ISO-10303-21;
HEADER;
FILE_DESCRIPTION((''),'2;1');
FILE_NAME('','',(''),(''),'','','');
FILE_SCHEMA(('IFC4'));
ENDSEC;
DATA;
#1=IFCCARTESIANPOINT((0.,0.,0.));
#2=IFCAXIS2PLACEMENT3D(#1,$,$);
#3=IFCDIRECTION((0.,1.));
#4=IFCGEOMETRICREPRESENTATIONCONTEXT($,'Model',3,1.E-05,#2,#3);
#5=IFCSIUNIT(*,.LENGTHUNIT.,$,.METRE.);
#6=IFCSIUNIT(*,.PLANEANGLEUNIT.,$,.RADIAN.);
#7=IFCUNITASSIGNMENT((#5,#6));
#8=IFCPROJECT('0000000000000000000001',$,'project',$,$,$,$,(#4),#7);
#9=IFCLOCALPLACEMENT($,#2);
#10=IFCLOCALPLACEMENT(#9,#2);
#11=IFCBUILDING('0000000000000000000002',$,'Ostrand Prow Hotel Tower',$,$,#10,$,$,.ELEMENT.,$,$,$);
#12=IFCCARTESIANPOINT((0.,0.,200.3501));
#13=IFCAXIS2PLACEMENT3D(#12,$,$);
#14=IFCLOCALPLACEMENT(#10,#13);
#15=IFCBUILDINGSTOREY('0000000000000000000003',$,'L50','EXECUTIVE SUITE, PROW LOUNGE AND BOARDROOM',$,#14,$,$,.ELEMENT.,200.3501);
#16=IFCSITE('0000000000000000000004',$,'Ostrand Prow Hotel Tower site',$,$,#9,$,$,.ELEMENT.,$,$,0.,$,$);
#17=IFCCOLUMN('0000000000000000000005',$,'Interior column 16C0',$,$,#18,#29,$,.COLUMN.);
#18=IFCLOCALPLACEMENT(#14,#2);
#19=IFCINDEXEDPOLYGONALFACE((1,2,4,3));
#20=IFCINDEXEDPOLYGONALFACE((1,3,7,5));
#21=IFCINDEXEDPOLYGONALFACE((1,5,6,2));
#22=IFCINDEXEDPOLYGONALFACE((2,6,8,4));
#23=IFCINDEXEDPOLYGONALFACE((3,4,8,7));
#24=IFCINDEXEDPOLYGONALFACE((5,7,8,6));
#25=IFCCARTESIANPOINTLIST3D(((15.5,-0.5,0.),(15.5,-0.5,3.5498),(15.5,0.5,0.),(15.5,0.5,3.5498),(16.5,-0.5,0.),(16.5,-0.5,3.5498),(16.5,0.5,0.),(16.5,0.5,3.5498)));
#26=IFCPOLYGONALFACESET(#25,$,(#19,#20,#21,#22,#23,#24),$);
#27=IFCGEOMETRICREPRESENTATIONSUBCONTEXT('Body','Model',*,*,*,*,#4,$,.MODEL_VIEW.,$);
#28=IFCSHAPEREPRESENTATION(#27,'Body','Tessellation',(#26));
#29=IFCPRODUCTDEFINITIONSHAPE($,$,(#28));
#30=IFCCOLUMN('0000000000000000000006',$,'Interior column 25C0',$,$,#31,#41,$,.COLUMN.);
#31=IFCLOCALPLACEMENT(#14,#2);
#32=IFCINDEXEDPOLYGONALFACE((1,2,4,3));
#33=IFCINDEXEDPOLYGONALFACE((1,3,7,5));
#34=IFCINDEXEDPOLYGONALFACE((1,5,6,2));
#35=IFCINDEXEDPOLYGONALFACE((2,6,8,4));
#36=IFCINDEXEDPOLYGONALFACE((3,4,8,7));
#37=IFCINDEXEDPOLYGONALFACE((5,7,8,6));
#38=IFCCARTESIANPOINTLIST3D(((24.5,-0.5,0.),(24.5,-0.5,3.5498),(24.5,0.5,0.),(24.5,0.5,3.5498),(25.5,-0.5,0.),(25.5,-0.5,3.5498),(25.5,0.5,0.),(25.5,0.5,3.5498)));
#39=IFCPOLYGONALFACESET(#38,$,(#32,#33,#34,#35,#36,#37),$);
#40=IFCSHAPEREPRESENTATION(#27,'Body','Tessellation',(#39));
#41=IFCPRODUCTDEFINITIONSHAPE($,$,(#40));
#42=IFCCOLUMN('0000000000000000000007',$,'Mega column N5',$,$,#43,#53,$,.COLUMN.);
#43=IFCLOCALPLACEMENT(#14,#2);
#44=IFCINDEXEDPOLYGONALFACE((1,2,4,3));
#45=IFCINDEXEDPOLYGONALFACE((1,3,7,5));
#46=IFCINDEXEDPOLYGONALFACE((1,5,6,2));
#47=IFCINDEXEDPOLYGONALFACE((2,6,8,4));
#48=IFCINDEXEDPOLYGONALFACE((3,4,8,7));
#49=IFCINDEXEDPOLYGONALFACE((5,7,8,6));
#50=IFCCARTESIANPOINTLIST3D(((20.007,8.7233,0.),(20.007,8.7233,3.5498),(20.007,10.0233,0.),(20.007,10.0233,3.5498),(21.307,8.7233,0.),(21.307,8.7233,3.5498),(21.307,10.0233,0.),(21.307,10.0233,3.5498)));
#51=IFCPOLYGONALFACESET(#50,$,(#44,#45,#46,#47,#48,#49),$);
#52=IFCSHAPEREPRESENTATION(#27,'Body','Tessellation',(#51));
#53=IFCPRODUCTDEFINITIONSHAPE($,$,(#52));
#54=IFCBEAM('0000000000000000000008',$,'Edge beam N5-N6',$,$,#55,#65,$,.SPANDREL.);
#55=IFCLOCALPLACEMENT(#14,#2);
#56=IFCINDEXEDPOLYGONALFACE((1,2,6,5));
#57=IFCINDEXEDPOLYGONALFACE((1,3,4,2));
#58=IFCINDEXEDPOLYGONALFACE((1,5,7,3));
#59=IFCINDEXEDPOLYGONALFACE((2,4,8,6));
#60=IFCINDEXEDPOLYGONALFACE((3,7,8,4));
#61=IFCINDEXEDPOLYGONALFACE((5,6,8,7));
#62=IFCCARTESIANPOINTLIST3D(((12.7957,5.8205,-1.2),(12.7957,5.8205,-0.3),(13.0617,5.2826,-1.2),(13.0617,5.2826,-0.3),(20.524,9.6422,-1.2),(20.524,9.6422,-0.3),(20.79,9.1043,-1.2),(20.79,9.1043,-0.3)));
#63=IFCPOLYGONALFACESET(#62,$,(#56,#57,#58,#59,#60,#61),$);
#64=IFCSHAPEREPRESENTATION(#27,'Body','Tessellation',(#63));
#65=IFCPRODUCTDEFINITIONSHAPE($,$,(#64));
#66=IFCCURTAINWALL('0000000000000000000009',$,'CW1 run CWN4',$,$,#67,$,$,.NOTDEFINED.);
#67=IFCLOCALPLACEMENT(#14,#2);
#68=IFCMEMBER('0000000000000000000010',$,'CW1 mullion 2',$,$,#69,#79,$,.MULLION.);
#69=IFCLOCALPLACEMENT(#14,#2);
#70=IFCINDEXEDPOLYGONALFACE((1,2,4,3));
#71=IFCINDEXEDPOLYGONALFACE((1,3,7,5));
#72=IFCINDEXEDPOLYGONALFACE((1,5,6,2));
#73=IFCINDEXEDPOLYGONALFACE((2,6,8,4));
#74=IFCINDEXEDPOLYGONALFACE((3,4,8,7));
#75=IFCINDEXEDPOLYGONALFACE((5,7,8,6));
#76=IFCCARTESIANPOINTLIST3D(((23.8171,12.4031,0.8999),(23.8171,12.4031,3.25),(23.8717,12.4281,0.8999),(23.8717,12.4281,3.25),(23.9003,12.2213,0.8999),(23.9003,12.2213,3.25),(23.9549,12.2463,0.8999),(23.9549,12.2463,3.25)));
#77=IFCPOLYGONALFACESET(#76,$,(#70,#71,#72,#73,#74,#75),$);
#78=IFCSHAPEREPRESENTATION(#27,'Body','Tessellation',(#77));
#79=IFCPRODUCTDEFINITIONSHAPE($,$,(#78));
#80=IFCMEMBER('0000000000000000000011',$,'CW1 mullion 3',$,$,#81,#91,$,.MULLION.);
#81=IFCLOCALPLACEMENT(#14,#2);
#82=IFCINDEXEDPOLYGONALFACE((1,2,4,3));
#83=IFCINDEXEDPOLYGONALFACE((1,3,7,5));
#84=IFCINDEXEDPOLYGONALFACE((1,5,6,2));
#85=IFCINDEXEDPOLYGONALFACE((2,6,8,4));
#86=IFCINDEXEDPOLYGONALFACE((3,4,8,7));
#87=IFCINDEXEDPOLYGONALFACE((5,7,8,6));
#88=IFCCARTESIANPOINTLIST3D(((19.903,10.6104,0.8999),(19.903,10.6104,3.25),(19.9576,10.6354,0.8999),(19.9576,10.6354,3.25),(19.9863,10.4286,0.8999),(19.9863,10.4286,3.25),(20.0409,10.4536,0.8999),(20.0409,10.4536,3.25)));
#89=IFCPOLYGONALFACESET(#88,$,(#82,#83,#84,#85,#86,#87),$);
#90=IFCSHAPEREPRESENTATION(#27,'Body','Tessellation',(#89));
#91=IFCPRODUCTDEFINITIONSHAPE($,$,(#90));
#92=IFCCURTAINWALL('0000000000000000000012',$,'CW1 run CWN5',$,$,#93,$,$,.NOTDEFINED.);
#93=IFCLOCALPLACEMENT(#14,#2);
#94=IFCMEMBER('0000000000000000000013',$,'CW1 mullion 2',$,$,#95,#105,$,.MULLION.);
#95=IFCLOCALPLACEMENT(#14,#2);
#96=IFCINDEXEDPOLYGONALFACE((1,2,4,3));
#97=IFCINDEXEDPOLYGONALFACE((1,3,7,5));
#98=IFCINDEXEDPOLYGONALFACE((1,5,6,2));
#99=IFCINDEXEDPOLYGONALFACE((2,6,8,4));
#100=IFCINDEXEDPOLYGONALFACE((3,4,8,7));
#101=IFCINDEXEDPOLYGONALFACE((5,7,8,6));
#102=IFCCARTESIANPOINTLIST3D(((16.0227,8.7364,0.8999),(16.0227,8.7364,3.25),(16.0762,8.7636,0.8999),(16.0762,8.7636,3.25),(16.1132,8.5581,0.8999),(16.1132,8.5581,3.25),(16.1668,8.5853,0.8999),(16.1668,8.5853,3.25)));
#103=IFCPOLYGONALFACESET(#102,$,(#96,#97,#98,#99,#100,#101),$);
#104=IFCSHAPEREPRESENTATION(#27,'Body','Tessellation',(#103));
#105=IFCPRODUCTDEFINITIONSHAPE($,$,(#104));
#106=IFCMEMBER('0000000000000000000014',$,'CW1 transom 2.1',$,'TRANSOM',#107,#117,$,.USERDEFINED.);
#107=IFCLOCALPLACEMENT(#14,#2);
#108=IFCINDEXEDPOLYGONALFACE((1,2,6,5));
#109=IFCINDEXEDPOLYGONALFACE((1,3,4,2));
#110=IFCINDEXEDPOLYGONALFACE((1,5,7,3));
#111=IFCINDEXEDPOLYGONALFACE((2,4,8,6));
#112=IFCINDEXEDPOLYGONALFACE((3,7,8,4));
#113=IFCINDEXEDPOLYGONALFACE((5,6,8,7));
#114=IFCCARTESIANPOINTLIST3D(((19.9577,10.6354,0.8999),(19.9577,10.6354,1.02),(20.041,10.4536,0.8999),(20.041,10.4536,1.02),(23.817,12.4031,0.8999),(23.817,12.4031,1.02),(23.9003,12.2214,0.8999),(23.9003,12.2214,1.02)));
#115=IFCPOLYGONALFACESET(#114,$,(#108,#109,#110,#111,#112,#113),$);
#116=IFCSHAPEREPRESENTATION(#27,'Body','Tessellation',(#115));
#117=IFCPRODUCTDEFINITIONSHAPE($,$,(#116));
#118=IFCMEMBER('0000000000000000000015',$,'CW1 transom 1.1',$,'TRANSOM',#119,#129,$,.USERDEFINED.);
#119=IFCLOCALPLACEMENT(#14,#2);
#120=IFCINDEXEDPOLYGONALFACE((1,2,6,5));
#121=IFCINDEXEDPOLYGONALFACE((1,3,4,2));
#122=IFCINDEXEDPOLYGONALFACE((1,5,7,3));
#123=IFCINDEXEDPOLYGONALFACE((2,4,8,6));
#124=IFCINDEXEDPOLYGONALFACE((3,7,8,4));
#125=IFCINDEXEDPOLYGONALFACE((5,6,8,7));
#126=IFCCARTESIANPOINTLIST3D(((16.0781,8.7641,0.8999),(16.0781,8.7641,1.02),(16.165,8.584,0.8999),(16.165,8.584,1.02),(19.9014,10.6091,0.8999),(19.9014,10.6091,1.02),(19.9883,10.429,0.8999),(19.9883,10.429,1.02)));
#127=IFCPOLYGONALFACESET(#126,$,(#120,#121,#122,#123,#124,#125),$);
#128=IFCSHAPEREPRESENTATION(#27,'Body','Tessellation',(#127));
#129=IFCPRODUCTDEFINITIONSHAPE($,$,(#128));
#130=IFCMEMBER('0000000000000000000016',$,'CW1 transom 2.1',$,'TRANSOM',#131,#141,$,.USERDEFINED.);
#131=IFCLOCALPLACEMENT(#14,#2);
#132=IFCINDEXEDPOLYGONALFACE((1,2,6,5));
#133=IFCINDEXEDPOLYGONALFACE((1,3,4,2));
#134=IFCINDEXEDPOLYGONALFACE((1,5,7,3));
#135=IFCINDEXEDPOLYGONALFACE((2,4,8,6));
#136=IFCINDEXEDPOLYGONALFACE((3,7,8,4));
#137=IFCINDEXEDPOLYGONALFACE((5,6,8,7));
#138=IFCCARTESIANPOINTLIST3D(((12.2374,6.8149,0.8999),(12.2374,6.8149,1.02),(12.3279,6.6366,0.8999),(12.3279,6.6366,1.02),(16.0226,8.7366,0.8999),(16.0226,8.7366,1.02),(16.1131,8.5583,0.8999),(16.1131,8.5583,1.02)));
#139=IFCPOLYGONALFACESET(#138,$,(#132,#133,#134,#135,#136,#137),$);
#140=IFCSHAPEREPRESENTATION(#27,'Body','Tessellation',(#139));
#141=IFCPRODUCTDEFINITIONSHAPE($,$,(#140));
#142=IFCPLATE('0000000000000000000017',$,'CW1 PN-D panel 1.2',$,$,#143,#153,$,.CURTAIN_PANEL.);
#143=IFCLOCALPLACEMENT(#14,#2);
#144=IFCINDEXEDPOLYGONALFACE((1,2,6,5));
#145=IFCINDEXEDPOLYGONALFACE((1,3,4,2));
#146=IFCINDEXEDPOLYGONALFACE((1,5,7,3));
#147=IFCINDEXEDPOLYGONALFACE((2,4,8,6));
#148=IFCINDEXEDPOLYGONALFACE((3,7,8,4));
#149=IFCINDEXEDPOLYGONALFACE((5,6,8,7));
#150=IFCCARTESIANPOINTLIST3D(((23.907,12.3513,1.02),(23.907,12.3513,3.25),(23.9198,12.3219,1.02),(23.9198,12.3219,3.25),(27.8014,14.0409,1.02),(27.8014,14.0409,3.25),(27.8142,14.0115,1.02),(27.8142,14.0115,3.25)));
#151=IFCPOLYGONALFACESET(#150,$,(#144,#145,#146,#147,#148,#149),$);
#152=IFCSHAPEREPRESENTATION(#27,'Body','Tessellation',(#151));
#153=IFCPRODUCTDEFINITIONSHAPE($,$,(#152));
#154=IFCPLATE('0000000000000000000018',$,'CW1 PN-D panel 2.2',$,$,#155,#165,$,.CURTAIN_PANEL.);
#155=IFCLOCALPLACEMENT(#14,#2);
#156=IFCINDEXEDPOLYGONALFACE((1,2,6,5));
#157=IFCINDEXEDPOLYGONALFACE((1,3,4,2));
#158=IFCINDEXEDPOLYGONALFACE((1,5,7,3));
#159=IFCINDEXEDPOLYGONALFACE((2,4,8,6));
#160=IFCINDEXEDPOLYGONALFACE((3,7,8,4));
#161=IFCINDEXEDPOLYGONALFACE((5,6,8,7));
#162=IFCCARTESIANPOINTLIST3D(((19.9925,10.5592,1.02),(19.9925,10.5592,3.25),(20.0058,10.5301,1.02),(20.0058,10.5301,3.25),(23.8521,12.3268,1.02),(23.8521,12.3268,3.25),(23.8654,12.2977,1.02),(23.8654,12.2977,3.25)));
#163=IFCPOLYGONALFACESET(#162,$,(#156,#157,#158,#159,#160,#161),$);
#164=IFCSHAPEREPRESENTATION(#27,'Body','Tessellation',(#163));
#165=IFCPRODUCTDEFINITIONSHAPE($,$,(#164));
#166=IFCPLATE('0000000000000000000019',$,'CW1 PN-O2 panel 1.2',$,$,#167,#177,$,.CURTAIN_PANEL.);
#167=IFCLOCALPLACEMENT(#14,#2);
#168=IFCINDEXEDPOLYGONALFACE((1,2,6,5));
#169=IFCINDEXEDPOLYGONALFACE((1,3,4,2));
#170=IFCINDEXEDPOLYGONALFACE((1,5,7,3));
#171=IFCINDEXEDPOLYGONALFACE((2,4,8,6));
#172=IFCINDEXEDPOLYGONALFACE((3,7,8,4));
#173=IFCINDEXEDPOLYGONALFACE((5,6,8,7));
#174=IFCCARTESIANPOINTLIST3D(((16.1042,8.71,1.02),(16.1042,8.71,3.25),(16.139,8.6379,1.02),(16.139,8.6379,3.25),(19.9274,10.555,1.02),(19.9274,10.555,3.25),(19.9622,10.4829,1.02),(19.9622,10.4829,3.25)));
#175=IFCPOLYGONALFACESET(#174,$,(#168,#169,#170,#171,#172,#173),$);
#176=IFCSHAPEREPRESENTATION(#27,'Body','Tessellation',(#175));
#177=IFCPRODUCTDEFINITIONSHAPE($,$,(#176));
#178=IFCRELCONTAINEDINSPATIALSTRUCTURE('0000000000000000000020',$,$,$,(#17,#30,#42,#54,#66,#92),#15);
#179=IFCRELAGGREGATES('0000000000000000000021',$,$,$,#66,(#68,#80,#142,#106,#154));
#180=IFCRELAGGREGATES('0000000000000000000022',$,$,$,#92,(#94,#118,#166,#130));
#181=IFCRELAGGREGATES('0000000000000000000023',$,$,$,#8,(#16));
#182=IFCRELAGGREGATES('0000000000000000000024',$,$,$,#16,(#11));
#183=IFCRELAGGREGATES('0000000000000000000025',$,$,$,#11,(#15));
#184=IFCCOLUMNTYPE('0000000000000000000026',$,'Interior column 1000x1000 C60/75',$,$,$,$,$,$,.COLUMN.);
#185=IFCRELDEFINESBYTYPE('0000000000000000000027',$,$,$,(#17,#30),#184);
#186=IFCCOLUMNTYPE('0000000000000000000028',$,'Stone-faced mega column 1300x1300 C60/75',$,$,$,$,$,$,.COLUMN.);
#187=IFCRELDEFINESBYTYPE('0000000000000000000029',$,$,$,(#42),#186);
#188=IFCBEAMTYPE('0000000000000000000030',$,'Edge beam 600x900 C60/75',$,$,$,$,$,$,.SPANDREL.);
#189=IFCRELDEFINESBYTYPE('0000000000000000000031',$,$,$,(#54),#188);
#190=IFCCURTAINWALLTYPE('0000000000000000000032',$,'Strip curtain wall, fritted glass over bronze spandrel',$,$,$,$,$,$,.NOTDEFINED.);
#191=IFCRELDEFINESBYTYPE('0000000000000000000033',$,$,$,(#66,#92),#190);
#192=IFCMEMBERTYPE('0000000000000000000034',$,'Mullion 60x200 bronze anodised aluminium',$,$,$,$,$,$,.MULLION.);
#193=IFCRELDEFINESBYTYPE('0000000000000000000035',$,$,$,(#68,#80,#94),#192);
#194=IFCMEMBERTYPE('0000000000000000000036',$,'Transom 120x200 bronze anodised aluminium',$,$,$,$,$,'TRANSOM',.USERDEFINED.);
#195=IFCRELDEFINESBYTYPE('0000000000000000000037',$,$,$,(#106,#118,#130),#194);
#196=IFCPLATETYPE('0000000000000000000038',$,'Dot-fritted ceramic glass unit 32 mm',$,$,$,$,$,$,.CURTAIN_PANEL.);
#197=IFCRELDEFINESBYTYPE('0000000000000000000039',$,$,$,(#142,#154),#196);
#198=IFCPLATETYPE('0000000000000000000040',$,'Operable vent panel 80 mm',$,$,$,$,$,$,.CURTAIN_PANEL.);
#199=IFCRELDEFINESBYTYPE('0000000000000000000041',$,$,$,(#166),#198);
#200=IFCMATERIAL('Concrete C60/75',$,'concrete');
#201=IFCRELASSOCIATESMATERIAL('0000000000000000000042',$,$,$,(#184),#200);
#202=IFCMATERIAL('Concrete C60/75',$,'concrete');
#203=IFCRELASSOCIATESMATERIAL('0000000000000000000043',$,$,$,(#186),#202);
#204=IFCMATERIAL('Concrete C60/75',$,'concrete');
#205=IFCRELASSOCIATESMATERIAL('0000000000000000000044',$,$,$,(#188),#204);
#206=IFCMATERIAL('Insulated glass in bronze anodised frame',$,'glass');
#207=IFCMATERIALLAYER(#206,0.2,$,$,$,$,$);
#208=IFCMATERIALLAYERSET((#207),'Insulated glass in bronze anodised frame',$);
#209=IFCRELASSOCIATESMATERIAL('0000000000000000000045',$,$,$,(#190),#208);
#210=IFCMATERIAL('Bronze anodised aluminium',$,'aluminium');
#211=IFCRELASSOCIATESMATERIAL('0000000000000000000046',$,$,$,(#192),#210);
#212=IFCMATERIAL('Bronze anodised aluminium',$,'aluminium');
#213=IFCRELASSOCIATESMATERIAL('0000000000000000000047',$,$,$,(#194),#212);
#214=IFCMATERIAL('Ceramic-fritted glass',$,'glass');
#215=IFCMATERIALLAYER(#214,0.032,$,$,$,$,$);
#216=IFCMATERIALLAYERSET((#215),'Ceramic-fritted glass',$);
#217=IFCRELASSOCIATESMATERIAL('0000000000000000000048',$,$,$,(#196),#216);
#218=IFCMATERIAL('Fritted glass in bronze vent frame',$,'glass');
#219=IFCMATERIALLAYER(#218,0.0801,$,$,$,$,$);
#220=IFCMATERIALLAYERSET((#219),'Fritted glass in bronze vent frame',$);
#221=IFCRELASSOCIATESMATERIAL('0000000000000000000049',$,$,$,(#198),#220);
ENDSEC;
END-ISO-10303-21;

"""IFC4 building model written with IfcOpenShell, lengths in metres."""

from ifc_helpers import new_model, si_unit, direction, frame, origin, origin_2d, place, context, subcontext, project, spatial, rectangle, extrude, material, layer, layer_set, material_profile, profile_set, type_object, element, aggregate, save


model = new_model("IFC4")

# Units and contexts
model_context = context("Model", 3, precision=1e-05, world=origin(), true_north=direction((0.0, 1.0)))
body_context = subcontext(model_context, "Body", "Model", "MODEL_VIEW")
ifc_project = project(units=[si_unit("LENGTHUNIT", "METRE"), si_unit("PLANEANGLEUNIT", "RADIAN")], contexts=[model_context])

# Site, building, storey
site_placement = place(None, origin())
site = spatial("IfcSite", under=ifc_project, at=site_placement, Name="Ostrand Prow Hotel Tower site", CompositionType="ELEMENT", RefElevation=0.0)
building_placement = place(site_placement, origin())
building = spatial("IfcBuilding", under=site, at=building_placement, Name="Ostrand Prow Hotel Tower", CompositionType="ELEMENT")
storey_placement = place(building_placement, frame((0.0, 0.0, 200.3501)))
storey = spatial("IfcBuildingStorey", under=building, at=storey_placement, Name="L50", Description="EXECUTIVE SUITE, PROW LOUNGE AND BOARDROOM", CompositionType="ELEMENT", Elevation=200.3501)

# Columns
ifc_material_1 = material(Name="Concrete C60/75", Category="concrete")
ifc_material_profile_1 = material_profile(ifc_material_1, rectangle(XDim=1.0, YDim=1.0, at=origin_2d()), Name="RC 1000x1000")
ifc_profile_set_1 = profile_set([ifc_material_profile_1], Name="Concrete C60/75")
column_type_1 = type_object("IfcColumnType", Name="Interior column 1000x1000 C60/75", PredefinedType="COLUMN", material=ifc_profile_set_1)
for number, where, z_axis, x_axis, name in (
    (1, (16.0, 0.0, 0.0), (0.0, 0.0, 1.0), (1.0, 0.0, 0.0), "Interior column 16C0"),
    (2, (25.0, 0.0, 0.0), (0.0, 0.0, 1.0), (1.0, 0.0, 0.0), "Interior column 25C0"),
):
    element("IfcColumn", number, at=place(storey_placement, frame(where, z_axis=z_axis, x_axis=x_axis)), inside=storey, type_object=column_type_1, Name=name, PredefinedType="COLUMN", context=body_context, shape_type="SweptSolid", body=[
        extrude(rectangle(XDim=1.0, YDim=1.0, at=origin_2d()), origin(), (0.0, 0.0, 1.0), 3.5498),
    ])
ifc_material_2 = material(Name="Concrete C60/75", Category="concrete")
ifc_material_profile_2 = material_profile(ifc_material_2, rectangle(XDim=1.3, YDim=1.3, at=origin_2d()), Name="RC 1300x1300")
ifc_profile_set_2 = profile_set([ifc_material_profile_2], Name="Concrete C60/75")
column_type_2 = type_object("IfcColumnType", Name="Stone-faced mega column 1300x1300 C60/75", PredefinedType="COLUMN", material=ifc_profile_set_2)
column_placement = place(storey_placement, frame((20.657, 9.3733, 0.0), z_axis=(0.0, 0.0, 1.0), x_axis=(1.0, 0.0, 0.0)))
element("IfcColumn", 3, at=column_placement, inside=storey, type_object=column_type_2, Name="Mega column N5", PredefinedType="COLUMN", context=body_context, shape_type="SweptSolid", body=[
    extrude(rectangle(XDim=1.3, YDim=1.3, at=origin_2d()), origin(), (0.0, 0.0, 1.0), 3.5498),
])

# Beam
ifc_material_3 = material(Name="Concrete C60/75", Category="concrete")
ifc_material_profile_3 = material_profile(ifc_material_3, rectangle(XDim=0.6001, YDim=0.8999, at=origin_2d()), Name="RC 600x900")
ifc_profile_set_3 = profile_set([ifc_material_profile_3], Name="Concrete C60/75")
beam_type = type_object("IfcBeamType", Name="Edge beam 600x900 C60/75", PredefinedType="SPANDREL", material=ifc_profile_set_3)
beam_placement = place(storey_placement, frame((20.657, 9.3733, -0.75), z_axis=(-0.896384, -0.443279, 0.0), x_axis=(0.443279, -0.896384, 0.0)))
element("IfcBeam", 4, at=beam_placement, inside=storey, type_object=beam_type, Name="Edge beam N5-N6", PredefinedType="SPANDREL", context=body_context, shape_type="SweptSolid", body=[
    extrude(rectangle(XDim=0.6001, YDim=0.8999, at=origin_2d()), origin(), (0.0, 0.0, 1.0), 8.6216),
])

# Curtain wall, members
ifc_material_4 = material(Name="Insulated glass in bronze anodised frame", Category="glass")
ifc_layer_1 = layer(ifc_material_4, 0.2)
ifc_layer_set_1 = layer_set([ifc_layer_1], Name="Insulated glass in bronze anodised frame")
curtain_wall_type = type_object("IfcCurtainWallType", Name="Strip curtain wall, fritted glass over bronze spandrel", PredefinedType="NOTDEFINED", material=ifc_layer_set_1)
curtain_wall_1_placement = place(storey_placement, origin())
curtain_wall_1 = element("IfcCurtainWall", 5, at=curtain_wall_1_placement, inside=storey, type_object=curtain_wall_type, Name="CW1 run CWN4", PredefinedType="NOTDEFINED")
ifc_material_5 = material(Name="Bronze anodised aluminium", Category="aluminium")
ifc_material_profile_4 = material_profile(ifc_material_5, rectangle(XDim=0.2, YDim=0.0601, at=origin_2d()), Name="Mullion 60x200 bronze anodised aluminium")
ifc_profile_set_4 = profile_set([ifc_material_profile_4], Name="Bronze anodised aluminium")
member_type_1 = type_object("IfcMemberType", Name="Mullion 60x200 bronze anodised aluminium", PredefinedType="MULLION", material=ifc_profile_set_4)
member_1_placement = place(storey_placement, frame((23.886, 12.3247, 0.8999), z_axis=(0.0, 0.0, 1.0), x_axis=(0.416393, -0.909185, 0.0)))
member_1 = element("IfcMember", 6, at=member_1_placement, type_object=member_type_1, Name="CW1 mullion 2", PredefinedType="MULLION", context=body_context, shape_type="SweptSolid", body=[
    extrude(rectangle(XDim=0.2, YDim=0.0601, at=origin_2d()), origin(), (0.0, 0.0, 1.0), 2.3501),
])
member_2_placement = place(storey_placement, frame((19.9719, 10.532, 0.8999), z_axis=(0.0, 0.0, 1.0), x_axis=(0.416393, -0.909185, 0.0)))
member_2 = element("IfcMember", 7, at=member_2_placement, type_object=member_type_1, Name="CW1 mullion 3", PredefinedType="MULLION", context=body_context, shape_type="SweptSolid", body=[
    extrude(rectangle(XDim=0.2, YDim=0.0601, at=origin_2d()), origin(), (0.0, 0.0, 1.0), 2.3501),
])

# Curtain wall, member
curtain_wall_2_placement = place(storey_placement, origin())
curtain_wall_2 = element("IfcCurtainWall", 8, at=curtain_wall_2_placement, inside=storey, type_object=curtain_wall_type, Name="CW1 run CWN5", PredefinedType="NOTDEFINED")
member_3_placement = place(storey_placement, frame((16.0947, 8.6609, 0.8999), z_axis=(0.0, 0.0, 1.0), x_axis=(0.452659, -0.891684, 0.0)))
member_3 = element("IfcMember", 9, at=member_3_placement, type_object=member_type_1, Name="CW1 mullion 2", PredefinedType="MULLION", context=body_context, shape_type="SweptSolid", body=[
    extrude(rectangle(XDim=0.2, YDim=0.0601, at=origin_2d()), origin(), (0.0, 0.0, 1.0), 2.3501),
])

# Members
ifc_material_6 = material(Name="Bronze anodised aluminium", Category="aluminium")
ifc_material_profile_5 = material_profile(ifc_material_6, rectangle(XDim=0.2, YDim=0.1201, at=origin_2d()), Name="Transom 120x200 bronze anodised aluminium")
ifc_profile_set_5 = profile_set([ifc_material_profile_5], Name="Bronze anodised aluminium")
member_type_2 = type_object("IfcMemberType", Name="Transom 120x200 bronze anodised aluminium", ElementType="TRANSOM", PredefinedType="USERDEFINED", material=ifc_profile_set_5)
member_4_placement = place(storey_placement, frame((23.8586, 12.3123, 0.96), z_axis=(-0.909159, -0.416449, 0.0), x_axis=(0.416449, -0.909159, 0.0)))
member_4 = element("IfcMember", 10, at=member_4_placement, type_object=member_type_2, Name="CW1 transom 2.1", ObjectType="TRANSOM", PredefinedType="USERDEFINED", context=body_context, shape_type="SweptSolid", body=[
    extrude(rectangle(XDim=0.2, YDim=0.1201, at=origin_2d()), origin(), (0.0, 0.0, 1.0), 4.2449),
])
member_5_placement = place(storey_placement, frame((19.9448, 10.519, 0.96), z_axis=(-0.900619, -0.434609, 0.0), x_axis=(0.434609, -0.900619, 0.0)))
member_5 = element("IfcMember", 11, at=member_5_placement, type_object=member_type_2, Name="CW1 transom 1.1", ObjectType="TRANSOM", PredefinedType="USERDEFINED", context=body_context, shape_type="SweptSolid", body=[
    extrude(rectangle(XDim=0.2, YDim=0.1201, at=origin_2d()), origin(), (0.0, 0.0, 1.0), 4.2451),
])
member_6_placement = place(storey_placement, frame((16.0679, 8.6475, 0.96), z_axis=(-0.891673, -0.45268, 0.0), x_axis=(0.45268, -0.891673, 0.0)))
member_6 = element("IfcMember", 12, at=member_6_placement, type_object=member_type_2, Name="CW1 transom 2.1", ObjectType="TRANSOM", PredefinedType="USERDEFINED", context=body_context, shape_type="SweptSolid", body=[
    extrude(rectangle(XDim=0.2, YDim=0.1201, at=origin_2d()), origin(), (0.0, 0.0, 1.0), 4.2451),
])

# Plates
ifc_material_7 = material(Name="Ceramic-fritted glass", Category="glass")
ifc_layer_2 = layer(ifc_material_7, 0.032)
ifc_layer_set_2 = layer_set([ifc_layer_2], Name="Ceramic-fritted glass")
plate_type_1 = type_object("IfcPlateType", Name="Dot-fritted ceramic glass unit 32 mm", PredefinedType="CURTAIN_PANEL", material=ifc_layer_set_2)
plate_1_placement = place(storey_placement, frame((25.8606, 13.1814, 1.02), z_axis=(0.0, 0.0, 1.0), x_axis=(-0.917383, -0.398005, 0.0)))
plate_1 = element("IfcPlate", 13, at=plate_1_placement, type_object=plate_type_1, Name="CW1 PN-D panel 1.2", PredefinedType="CURTAIN_PANEL", context=body_context, shape_type="SweptSolid", body=[
    extrude(rectangle(XDim=4.2451, YDim=0.032, at=origin_2d()), origin(), (0.0, 0.0, 1.0), 2.23),
])
plate_2_placement = place(storey_placement, frame((21.929, 11.4285, 1.02), z_axis=(0.0, 0.0, 1.0), x_axis=(-0.909185, -0.416393, 0.0)))
plate_2 = element("IfcPlate", 14, at=plate_2_placement, type_object=plate_type_1, Name="CW1 PN-D panel 2.2", PredefinedType="CURTAIN_PANEL", context=body_context, shape_type="SweptSolid", body=[
    extrude(rectangle(XDim=4.2451, YDim=0.032, at=origin_2d()), origin(), (0.0, 0.0, 1.0), 2.23),
])
aggregate(curtain_wall_1, [member_1, member_2, plate_1, member_4, plate_2])
ifc_material_8 = material(Name="Fritted glass in bronze vent frame", Category="glass")
ifc_layer_3 = layer(ifc_material_8, 0.0801)
ifc_layer_set_3 = layer_set([ifc_layer_3], Name="Fritted glass in bronze vent frame")
plate_type_2 = type_object("IfcPlateType", Name="Operable vent panel 80 mm", PredefinedType="CURTAIN_PANEL", material=ifc_layer_set_3)
plate_3_placement = place(storey_placement, frame((18.0332, 9.5964, 1.02), z_axis=(0.0, 0.0, 1.0), x_axis=(-0.900616, -0.434615, 0.0)))
plate_3 = element("IfcPlate", 15, at=plate_3_placement, type_object=plate_type_2, Name="CW1 PN-O2 panel 1.2", PredefinedType="CURTAIN_PANEL", context=body_context, shape_type="SweptSolid", body=[
    extrude(rectangle(XDim=4.2451, YDim=0.0801, at=origin_2d()), origin(), (0.0, 0.0, 1.0), 2.23),
])
aggregate(curtain_wall_2, [member_3, member_5, plate_3, member_6])

save(model, "model.ifc")
